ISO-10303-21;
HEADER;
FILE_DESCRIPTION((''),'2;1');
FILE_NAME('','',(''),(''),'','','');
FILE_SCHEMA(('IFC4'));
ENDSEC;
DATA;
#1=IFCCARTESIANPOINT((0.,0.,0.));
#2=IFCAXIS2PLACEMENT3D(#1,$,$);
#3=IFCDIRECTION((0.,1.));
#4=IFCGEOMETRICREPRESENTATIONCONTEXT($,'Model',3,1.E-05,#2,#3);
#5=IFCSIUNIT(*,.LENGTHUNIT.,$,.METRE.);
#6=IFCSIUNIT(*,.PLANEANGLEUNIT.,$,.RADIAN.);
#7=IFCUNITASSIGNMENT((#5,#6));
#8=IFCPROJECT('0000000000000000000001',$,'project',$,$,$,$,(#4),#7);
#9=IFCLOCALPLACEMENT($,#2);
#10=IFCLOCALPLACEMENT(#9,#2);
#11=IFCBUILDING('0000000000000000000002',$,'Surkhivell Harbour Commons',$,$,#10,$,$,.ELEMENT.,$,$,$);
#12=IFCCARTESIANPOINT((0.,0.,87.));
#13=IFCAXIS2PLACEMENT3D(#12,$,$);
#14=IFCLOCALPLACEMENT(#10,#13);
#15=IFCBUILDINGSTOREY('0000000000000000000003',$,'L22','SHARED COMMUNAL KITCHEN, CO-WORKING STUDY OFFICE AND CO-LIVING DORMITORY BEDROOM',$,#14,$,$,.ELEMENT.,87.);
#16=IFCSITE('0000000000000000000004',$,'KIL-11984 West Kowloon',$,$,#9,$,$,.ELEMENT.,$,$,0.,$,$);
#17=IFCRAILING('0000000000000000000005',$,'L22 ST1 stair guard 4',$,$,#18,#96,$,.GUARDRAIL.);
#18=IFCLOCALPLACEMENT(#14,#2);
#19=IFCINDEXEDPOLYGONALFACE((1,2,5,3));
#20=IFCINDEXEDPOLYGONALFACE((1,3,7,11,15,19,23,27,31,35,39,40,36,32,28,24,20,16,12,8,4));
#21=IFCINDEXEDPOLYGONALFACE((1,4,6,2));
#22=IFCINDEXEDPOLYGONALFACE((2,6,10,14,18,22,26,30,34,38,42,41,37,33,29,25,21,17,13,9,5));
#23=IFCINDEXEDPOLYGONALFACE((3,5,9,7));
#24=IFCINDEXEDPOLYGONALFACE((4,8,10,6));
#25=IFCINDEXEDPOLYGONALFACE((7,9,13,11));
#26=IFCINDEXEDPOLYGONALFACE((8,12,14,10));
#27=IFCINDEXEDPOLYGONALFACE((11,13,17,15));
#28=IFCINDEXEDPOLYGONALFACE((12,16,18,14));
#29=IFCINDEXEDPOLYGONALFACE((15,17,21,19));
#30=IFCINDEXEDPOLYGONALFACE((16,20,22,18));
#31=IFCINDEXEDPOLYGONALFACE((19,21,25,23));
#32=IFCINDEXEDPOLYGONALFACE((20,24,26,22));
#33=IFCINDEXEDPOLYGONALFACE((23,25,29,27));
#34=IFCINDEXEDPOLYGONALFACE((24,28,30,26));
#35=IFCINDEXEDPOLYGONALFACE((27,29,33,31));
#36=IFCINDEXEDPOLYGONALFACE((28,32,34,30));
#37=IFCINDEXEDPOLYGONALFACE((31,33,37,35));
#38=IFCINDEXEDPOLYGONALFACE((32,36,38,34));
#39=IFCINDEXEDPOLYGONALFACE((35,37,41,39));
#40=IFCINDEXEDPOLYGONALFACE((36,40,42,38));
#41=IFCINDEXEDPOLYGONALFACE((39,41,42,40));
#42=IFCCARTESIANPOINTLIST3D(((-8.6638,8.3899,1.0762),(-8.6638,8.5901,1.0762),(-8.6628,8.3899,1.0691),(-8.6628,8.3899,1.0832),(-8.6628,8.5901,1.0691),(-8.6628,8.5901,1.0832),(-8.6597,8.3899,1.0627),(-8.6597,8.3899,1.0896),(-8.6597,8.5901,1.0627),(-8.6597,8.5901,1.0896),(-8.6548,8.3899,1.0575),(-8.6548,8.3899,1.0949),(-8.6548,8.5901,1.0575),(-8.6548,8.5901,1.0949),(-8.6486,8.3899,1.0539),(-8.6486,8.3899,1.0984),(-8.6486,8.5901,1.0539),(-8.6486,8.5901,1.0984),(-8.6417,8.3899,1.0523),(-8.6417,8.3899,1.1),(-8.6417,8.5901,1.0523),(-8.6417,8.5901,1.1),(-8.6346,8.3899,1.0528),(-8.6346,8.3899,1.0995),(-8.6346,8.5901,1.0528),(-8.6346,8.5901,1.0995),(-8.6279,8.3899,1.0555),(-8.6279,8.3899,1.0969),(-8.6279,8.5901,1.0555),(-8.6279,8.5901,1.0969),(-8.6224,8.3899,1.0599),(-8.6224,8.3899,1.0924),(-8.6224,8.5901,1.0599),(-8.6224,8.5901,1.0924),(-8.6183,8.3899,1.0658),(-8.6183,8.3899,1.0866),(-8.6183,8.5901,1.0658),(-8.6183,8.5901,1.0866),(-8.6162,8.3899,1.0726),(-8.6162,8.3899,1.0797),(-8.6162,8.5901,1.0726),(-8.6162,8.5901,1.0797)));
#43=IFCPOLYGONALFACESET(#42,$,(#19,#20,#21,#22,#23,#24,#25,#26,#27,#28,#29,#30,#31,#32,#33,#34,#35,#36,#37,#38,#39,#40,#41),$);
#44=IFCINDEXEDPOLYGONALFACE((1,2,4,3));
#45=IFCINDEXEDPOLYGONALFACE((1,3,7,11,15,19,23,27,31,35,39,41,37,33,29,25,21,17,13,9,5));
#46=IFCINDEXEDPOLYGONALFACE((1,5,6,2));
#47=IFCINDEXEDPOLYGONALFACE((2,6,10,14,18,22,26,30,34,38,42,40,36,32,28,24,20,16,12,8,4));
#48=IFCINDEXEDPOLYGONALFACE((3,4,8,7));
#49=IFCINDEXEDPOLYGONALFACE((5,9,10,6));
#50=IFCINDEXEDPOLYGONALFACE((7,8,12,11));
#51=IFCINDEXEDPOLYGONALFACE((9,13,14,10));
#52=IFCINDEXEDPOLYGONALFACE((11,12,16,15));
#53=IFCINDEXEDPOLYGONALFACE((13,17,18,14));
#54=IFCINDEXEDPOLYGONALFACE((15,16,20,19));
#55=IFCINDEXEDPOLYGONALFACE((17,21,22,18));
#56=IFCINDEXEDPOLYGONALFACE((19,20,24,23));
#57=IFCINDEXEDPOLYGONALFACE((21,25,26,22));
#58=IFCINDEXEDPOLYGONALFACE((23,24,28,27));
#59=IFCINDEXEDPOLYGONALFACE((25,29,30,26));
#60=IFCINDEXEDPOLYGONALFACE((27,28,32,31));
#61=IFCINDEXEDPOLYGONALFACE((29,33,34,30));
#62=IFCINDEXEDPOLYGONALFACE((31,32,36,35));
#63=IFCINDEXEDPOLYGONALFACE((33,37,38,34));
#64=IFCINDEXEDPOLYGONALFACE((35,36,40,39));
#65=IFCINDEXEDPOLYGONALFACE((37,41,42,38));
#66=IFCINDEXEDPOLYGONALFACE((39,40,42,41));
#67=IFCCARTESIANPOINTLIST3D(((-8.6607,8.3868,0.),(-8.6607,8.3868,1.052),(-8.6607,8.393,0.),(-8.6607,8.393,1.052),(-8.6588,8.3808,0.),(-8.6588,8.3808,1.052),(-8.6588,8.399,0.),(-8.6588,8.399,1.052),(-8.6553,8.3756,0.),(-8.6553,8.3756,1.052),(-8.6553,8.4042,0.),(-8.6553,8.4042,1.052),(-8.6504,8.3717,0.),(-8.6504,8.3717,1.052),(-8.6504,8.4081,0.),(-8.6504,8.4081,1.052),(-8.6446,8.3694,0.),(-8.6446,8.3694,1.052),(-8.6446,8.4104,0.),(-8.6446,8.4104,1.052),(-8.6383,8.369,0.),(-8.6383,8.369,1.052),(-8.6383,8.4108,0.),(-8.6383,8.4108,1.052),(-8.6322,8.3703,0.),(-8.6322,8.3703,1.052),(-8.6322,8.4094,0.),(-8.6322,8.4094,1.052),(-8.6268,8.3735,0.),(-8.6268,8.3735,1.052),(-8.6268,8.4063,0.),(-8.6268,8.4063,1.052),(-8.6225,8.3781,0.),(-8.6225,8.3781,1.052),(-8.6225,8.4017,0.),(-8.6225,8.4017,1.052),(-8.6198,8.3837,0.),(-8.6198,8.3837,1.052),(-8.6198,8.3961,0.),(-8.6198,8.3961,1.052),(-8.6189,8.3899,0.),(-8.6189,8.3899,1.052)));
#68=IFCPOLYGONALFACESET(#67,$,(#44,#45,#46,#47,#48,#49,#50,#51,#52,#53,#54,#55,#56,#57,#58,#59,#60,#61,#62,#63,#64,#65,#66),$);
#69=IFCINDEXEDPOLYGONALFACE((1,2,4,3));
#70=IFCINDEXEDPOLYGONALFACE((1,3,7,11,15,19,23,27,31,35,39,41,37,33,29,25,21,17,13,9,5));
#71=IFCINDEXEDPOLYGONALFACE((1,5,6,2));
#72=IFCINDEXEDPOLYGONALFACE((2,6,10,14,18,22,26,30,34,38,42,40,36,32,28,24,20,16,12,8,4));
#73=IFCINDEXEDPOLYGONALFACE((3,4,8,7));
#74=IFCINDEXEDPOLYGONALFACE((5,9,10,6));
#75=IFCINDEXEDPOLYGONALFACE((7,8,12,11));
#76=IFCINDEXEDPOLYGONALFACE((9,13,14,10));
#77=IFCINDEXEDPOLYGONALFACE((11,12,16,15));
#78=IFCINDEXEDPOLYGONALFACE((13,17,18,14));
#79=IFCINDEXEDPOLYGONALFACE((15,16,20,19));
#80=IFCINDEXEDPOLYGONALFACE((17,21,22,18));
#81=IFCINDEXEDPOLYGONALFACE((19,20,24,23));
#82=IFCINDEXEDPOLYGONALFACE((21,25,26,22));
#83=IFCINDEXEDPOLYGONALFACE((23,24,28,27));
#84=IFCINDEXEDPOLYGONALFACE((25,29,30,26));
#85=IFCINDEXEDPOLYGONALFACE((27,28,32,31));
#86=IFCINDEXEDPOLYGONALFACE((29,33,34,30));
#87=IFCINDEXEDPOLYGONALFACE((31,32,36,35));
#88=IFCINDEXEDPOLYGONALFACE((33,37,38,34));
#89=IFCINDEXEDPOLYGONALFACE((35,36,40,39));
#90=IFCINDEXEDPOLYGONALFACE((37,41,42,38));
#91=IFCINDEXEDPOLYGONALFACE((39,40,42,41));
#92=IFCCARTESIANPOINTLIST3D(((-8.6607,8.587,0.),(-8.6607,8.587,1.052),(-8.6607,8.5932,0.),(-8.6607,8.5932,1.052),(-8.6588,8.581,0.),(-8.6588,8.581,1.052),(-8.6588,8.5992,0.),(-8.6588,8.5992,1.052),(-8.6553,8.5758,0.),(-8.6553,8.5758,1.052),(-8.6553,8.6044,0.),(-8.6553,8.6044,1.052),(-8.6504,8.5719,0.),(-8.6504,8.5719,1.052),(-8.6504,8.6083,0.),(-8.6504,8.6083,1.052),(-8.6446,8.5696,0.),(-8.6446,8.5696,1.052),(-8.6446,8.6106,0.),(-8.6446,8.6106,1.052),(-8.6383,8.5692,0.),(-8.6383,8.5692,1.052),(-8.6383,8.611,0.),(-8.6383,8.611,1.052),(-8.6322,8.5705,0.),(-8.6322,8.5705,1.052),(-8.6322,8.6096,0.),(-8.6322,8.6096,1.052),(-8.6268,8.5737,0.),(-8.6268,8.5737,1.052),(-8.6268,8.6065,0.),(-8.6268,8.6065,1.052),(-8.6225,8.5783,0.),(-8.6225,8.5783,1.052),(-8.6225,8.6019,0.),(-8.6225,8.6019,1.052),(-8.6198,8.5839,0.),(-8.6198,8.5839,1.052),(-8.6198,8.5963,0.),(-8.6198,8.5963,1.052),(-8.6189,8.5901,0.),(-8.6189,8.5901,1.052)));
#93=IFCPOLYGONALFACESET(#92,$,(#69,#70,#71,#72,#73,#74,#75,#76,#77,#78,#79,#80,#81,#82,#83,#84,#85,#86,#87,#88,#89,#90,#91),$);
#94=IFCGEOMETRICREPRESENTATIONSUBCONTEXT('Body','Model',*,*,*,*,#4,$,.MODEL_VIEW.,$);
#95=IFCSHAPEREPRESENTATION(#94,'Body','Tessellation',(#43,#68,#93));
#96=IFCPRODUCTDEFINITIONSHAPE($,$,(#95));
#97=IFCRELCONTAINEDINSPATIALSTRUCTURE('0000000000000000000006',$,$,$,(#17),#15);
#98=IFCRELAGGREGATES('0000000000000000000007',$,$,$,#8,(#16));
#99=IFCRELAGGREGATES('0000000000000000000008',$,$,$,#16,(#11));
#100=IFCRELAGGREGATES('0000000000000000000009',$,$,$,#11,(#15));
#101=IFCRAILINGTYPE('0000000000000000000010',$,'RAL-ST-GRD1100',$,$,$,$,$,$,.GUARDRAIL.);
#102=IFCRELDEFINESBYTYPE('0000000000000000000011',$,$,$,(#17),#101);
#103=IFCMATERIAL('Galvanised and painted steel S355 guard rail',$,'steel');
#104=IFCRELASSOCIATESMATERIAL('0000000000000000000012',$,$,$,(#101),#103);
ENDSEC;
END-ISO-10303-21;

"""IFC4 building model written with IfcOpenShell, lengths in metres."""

from ifc_helpers import new_model, si_unit, direction, frame, origin, origin_2d, place, context, subcontext, project, spatial, circle, extrude, material, type_object, element, save


model = new_model("IFC4")

# Units and contexts
model_context = context("Model", 3, precision=1e-05, world=origin(), true_north=direction((0.0, 1.0)))
body_context = subcontext(model_context, "Body", "Model", "MODEL_VIEW")
ifc_project = project(units=[si_unit("LENGTHUNIT", "METRE"), si_unit("PLANEANGLEUNIT", "RADIAN")], contexts=[model_context])

# Site, building, storey
site_placement = place(None, origin())
site = spatial("IfcSite", under=ifc_project, at=site_placement, Name="KIL-11984 West Kowloon", CompositionType="ELEMENT", RefElevation=0.0)
building_placement = place(site_placement, origin())
building = spatial("IfcBuilding", under=site, at=building_placement, Name="Surkhivell Harbour Commons", CompositionType="ELEMENT")
storey_placement = place(building_placement, frame((0.0, 0.0, 87.0)))
storey = spatial("IfcBuildingStorey", under=building, at=storey_placement, Name="L22", Description="SHARED COMMUNAL KITCHEN, CO-WORKING STUDY OFFICE AND CO-LIVING DORMITORY BEDROOM", CompositionType="ELEMENT", Elevation=87.0)

# Railing
ifc_material_1 = material(Name="Galvanised and painted steel S355 guard rail", Category="steel")
railing_type_1 = type_object("IfcRailingType", Name="RAL-ST-GRD1100", PredefinedType="GUARDRAIL", material=ifc_material_1)
railing_1_placement = place(storey_placement, frame((-8.6399, 8.3899, 0.0)))
element("IfcRailing", 1, at=railing_1_placement, inside=storey, type_object=railing_type_1, Name="L22 ST1 stair guard 4", PredefinedType="GUARDRAIL", context=body_context, shape_type="SweptSolid", body=[
    extrude(circle(Radius=0.0239, at=origin_2d()), frame((0.0, 0.0, 1.0762), z_axis=(0.0, 1.0, 0.0), x_axis=(-1.0, 0.0, 0.0)), (0.0, 0.0, 1.0), 0.2002),
    extrude(circle(Radius=0.021, at=origin_2d()), origin(), (0.0, 0.0, 1.0), 1.052),
    extrude(circle(Radius=0.021, at=origin_2d()), frame((0.0, 0.2002, 0.0)), (0.0, 0.0, 1.0), 1.052),
])

save(model, "model.ifc")
